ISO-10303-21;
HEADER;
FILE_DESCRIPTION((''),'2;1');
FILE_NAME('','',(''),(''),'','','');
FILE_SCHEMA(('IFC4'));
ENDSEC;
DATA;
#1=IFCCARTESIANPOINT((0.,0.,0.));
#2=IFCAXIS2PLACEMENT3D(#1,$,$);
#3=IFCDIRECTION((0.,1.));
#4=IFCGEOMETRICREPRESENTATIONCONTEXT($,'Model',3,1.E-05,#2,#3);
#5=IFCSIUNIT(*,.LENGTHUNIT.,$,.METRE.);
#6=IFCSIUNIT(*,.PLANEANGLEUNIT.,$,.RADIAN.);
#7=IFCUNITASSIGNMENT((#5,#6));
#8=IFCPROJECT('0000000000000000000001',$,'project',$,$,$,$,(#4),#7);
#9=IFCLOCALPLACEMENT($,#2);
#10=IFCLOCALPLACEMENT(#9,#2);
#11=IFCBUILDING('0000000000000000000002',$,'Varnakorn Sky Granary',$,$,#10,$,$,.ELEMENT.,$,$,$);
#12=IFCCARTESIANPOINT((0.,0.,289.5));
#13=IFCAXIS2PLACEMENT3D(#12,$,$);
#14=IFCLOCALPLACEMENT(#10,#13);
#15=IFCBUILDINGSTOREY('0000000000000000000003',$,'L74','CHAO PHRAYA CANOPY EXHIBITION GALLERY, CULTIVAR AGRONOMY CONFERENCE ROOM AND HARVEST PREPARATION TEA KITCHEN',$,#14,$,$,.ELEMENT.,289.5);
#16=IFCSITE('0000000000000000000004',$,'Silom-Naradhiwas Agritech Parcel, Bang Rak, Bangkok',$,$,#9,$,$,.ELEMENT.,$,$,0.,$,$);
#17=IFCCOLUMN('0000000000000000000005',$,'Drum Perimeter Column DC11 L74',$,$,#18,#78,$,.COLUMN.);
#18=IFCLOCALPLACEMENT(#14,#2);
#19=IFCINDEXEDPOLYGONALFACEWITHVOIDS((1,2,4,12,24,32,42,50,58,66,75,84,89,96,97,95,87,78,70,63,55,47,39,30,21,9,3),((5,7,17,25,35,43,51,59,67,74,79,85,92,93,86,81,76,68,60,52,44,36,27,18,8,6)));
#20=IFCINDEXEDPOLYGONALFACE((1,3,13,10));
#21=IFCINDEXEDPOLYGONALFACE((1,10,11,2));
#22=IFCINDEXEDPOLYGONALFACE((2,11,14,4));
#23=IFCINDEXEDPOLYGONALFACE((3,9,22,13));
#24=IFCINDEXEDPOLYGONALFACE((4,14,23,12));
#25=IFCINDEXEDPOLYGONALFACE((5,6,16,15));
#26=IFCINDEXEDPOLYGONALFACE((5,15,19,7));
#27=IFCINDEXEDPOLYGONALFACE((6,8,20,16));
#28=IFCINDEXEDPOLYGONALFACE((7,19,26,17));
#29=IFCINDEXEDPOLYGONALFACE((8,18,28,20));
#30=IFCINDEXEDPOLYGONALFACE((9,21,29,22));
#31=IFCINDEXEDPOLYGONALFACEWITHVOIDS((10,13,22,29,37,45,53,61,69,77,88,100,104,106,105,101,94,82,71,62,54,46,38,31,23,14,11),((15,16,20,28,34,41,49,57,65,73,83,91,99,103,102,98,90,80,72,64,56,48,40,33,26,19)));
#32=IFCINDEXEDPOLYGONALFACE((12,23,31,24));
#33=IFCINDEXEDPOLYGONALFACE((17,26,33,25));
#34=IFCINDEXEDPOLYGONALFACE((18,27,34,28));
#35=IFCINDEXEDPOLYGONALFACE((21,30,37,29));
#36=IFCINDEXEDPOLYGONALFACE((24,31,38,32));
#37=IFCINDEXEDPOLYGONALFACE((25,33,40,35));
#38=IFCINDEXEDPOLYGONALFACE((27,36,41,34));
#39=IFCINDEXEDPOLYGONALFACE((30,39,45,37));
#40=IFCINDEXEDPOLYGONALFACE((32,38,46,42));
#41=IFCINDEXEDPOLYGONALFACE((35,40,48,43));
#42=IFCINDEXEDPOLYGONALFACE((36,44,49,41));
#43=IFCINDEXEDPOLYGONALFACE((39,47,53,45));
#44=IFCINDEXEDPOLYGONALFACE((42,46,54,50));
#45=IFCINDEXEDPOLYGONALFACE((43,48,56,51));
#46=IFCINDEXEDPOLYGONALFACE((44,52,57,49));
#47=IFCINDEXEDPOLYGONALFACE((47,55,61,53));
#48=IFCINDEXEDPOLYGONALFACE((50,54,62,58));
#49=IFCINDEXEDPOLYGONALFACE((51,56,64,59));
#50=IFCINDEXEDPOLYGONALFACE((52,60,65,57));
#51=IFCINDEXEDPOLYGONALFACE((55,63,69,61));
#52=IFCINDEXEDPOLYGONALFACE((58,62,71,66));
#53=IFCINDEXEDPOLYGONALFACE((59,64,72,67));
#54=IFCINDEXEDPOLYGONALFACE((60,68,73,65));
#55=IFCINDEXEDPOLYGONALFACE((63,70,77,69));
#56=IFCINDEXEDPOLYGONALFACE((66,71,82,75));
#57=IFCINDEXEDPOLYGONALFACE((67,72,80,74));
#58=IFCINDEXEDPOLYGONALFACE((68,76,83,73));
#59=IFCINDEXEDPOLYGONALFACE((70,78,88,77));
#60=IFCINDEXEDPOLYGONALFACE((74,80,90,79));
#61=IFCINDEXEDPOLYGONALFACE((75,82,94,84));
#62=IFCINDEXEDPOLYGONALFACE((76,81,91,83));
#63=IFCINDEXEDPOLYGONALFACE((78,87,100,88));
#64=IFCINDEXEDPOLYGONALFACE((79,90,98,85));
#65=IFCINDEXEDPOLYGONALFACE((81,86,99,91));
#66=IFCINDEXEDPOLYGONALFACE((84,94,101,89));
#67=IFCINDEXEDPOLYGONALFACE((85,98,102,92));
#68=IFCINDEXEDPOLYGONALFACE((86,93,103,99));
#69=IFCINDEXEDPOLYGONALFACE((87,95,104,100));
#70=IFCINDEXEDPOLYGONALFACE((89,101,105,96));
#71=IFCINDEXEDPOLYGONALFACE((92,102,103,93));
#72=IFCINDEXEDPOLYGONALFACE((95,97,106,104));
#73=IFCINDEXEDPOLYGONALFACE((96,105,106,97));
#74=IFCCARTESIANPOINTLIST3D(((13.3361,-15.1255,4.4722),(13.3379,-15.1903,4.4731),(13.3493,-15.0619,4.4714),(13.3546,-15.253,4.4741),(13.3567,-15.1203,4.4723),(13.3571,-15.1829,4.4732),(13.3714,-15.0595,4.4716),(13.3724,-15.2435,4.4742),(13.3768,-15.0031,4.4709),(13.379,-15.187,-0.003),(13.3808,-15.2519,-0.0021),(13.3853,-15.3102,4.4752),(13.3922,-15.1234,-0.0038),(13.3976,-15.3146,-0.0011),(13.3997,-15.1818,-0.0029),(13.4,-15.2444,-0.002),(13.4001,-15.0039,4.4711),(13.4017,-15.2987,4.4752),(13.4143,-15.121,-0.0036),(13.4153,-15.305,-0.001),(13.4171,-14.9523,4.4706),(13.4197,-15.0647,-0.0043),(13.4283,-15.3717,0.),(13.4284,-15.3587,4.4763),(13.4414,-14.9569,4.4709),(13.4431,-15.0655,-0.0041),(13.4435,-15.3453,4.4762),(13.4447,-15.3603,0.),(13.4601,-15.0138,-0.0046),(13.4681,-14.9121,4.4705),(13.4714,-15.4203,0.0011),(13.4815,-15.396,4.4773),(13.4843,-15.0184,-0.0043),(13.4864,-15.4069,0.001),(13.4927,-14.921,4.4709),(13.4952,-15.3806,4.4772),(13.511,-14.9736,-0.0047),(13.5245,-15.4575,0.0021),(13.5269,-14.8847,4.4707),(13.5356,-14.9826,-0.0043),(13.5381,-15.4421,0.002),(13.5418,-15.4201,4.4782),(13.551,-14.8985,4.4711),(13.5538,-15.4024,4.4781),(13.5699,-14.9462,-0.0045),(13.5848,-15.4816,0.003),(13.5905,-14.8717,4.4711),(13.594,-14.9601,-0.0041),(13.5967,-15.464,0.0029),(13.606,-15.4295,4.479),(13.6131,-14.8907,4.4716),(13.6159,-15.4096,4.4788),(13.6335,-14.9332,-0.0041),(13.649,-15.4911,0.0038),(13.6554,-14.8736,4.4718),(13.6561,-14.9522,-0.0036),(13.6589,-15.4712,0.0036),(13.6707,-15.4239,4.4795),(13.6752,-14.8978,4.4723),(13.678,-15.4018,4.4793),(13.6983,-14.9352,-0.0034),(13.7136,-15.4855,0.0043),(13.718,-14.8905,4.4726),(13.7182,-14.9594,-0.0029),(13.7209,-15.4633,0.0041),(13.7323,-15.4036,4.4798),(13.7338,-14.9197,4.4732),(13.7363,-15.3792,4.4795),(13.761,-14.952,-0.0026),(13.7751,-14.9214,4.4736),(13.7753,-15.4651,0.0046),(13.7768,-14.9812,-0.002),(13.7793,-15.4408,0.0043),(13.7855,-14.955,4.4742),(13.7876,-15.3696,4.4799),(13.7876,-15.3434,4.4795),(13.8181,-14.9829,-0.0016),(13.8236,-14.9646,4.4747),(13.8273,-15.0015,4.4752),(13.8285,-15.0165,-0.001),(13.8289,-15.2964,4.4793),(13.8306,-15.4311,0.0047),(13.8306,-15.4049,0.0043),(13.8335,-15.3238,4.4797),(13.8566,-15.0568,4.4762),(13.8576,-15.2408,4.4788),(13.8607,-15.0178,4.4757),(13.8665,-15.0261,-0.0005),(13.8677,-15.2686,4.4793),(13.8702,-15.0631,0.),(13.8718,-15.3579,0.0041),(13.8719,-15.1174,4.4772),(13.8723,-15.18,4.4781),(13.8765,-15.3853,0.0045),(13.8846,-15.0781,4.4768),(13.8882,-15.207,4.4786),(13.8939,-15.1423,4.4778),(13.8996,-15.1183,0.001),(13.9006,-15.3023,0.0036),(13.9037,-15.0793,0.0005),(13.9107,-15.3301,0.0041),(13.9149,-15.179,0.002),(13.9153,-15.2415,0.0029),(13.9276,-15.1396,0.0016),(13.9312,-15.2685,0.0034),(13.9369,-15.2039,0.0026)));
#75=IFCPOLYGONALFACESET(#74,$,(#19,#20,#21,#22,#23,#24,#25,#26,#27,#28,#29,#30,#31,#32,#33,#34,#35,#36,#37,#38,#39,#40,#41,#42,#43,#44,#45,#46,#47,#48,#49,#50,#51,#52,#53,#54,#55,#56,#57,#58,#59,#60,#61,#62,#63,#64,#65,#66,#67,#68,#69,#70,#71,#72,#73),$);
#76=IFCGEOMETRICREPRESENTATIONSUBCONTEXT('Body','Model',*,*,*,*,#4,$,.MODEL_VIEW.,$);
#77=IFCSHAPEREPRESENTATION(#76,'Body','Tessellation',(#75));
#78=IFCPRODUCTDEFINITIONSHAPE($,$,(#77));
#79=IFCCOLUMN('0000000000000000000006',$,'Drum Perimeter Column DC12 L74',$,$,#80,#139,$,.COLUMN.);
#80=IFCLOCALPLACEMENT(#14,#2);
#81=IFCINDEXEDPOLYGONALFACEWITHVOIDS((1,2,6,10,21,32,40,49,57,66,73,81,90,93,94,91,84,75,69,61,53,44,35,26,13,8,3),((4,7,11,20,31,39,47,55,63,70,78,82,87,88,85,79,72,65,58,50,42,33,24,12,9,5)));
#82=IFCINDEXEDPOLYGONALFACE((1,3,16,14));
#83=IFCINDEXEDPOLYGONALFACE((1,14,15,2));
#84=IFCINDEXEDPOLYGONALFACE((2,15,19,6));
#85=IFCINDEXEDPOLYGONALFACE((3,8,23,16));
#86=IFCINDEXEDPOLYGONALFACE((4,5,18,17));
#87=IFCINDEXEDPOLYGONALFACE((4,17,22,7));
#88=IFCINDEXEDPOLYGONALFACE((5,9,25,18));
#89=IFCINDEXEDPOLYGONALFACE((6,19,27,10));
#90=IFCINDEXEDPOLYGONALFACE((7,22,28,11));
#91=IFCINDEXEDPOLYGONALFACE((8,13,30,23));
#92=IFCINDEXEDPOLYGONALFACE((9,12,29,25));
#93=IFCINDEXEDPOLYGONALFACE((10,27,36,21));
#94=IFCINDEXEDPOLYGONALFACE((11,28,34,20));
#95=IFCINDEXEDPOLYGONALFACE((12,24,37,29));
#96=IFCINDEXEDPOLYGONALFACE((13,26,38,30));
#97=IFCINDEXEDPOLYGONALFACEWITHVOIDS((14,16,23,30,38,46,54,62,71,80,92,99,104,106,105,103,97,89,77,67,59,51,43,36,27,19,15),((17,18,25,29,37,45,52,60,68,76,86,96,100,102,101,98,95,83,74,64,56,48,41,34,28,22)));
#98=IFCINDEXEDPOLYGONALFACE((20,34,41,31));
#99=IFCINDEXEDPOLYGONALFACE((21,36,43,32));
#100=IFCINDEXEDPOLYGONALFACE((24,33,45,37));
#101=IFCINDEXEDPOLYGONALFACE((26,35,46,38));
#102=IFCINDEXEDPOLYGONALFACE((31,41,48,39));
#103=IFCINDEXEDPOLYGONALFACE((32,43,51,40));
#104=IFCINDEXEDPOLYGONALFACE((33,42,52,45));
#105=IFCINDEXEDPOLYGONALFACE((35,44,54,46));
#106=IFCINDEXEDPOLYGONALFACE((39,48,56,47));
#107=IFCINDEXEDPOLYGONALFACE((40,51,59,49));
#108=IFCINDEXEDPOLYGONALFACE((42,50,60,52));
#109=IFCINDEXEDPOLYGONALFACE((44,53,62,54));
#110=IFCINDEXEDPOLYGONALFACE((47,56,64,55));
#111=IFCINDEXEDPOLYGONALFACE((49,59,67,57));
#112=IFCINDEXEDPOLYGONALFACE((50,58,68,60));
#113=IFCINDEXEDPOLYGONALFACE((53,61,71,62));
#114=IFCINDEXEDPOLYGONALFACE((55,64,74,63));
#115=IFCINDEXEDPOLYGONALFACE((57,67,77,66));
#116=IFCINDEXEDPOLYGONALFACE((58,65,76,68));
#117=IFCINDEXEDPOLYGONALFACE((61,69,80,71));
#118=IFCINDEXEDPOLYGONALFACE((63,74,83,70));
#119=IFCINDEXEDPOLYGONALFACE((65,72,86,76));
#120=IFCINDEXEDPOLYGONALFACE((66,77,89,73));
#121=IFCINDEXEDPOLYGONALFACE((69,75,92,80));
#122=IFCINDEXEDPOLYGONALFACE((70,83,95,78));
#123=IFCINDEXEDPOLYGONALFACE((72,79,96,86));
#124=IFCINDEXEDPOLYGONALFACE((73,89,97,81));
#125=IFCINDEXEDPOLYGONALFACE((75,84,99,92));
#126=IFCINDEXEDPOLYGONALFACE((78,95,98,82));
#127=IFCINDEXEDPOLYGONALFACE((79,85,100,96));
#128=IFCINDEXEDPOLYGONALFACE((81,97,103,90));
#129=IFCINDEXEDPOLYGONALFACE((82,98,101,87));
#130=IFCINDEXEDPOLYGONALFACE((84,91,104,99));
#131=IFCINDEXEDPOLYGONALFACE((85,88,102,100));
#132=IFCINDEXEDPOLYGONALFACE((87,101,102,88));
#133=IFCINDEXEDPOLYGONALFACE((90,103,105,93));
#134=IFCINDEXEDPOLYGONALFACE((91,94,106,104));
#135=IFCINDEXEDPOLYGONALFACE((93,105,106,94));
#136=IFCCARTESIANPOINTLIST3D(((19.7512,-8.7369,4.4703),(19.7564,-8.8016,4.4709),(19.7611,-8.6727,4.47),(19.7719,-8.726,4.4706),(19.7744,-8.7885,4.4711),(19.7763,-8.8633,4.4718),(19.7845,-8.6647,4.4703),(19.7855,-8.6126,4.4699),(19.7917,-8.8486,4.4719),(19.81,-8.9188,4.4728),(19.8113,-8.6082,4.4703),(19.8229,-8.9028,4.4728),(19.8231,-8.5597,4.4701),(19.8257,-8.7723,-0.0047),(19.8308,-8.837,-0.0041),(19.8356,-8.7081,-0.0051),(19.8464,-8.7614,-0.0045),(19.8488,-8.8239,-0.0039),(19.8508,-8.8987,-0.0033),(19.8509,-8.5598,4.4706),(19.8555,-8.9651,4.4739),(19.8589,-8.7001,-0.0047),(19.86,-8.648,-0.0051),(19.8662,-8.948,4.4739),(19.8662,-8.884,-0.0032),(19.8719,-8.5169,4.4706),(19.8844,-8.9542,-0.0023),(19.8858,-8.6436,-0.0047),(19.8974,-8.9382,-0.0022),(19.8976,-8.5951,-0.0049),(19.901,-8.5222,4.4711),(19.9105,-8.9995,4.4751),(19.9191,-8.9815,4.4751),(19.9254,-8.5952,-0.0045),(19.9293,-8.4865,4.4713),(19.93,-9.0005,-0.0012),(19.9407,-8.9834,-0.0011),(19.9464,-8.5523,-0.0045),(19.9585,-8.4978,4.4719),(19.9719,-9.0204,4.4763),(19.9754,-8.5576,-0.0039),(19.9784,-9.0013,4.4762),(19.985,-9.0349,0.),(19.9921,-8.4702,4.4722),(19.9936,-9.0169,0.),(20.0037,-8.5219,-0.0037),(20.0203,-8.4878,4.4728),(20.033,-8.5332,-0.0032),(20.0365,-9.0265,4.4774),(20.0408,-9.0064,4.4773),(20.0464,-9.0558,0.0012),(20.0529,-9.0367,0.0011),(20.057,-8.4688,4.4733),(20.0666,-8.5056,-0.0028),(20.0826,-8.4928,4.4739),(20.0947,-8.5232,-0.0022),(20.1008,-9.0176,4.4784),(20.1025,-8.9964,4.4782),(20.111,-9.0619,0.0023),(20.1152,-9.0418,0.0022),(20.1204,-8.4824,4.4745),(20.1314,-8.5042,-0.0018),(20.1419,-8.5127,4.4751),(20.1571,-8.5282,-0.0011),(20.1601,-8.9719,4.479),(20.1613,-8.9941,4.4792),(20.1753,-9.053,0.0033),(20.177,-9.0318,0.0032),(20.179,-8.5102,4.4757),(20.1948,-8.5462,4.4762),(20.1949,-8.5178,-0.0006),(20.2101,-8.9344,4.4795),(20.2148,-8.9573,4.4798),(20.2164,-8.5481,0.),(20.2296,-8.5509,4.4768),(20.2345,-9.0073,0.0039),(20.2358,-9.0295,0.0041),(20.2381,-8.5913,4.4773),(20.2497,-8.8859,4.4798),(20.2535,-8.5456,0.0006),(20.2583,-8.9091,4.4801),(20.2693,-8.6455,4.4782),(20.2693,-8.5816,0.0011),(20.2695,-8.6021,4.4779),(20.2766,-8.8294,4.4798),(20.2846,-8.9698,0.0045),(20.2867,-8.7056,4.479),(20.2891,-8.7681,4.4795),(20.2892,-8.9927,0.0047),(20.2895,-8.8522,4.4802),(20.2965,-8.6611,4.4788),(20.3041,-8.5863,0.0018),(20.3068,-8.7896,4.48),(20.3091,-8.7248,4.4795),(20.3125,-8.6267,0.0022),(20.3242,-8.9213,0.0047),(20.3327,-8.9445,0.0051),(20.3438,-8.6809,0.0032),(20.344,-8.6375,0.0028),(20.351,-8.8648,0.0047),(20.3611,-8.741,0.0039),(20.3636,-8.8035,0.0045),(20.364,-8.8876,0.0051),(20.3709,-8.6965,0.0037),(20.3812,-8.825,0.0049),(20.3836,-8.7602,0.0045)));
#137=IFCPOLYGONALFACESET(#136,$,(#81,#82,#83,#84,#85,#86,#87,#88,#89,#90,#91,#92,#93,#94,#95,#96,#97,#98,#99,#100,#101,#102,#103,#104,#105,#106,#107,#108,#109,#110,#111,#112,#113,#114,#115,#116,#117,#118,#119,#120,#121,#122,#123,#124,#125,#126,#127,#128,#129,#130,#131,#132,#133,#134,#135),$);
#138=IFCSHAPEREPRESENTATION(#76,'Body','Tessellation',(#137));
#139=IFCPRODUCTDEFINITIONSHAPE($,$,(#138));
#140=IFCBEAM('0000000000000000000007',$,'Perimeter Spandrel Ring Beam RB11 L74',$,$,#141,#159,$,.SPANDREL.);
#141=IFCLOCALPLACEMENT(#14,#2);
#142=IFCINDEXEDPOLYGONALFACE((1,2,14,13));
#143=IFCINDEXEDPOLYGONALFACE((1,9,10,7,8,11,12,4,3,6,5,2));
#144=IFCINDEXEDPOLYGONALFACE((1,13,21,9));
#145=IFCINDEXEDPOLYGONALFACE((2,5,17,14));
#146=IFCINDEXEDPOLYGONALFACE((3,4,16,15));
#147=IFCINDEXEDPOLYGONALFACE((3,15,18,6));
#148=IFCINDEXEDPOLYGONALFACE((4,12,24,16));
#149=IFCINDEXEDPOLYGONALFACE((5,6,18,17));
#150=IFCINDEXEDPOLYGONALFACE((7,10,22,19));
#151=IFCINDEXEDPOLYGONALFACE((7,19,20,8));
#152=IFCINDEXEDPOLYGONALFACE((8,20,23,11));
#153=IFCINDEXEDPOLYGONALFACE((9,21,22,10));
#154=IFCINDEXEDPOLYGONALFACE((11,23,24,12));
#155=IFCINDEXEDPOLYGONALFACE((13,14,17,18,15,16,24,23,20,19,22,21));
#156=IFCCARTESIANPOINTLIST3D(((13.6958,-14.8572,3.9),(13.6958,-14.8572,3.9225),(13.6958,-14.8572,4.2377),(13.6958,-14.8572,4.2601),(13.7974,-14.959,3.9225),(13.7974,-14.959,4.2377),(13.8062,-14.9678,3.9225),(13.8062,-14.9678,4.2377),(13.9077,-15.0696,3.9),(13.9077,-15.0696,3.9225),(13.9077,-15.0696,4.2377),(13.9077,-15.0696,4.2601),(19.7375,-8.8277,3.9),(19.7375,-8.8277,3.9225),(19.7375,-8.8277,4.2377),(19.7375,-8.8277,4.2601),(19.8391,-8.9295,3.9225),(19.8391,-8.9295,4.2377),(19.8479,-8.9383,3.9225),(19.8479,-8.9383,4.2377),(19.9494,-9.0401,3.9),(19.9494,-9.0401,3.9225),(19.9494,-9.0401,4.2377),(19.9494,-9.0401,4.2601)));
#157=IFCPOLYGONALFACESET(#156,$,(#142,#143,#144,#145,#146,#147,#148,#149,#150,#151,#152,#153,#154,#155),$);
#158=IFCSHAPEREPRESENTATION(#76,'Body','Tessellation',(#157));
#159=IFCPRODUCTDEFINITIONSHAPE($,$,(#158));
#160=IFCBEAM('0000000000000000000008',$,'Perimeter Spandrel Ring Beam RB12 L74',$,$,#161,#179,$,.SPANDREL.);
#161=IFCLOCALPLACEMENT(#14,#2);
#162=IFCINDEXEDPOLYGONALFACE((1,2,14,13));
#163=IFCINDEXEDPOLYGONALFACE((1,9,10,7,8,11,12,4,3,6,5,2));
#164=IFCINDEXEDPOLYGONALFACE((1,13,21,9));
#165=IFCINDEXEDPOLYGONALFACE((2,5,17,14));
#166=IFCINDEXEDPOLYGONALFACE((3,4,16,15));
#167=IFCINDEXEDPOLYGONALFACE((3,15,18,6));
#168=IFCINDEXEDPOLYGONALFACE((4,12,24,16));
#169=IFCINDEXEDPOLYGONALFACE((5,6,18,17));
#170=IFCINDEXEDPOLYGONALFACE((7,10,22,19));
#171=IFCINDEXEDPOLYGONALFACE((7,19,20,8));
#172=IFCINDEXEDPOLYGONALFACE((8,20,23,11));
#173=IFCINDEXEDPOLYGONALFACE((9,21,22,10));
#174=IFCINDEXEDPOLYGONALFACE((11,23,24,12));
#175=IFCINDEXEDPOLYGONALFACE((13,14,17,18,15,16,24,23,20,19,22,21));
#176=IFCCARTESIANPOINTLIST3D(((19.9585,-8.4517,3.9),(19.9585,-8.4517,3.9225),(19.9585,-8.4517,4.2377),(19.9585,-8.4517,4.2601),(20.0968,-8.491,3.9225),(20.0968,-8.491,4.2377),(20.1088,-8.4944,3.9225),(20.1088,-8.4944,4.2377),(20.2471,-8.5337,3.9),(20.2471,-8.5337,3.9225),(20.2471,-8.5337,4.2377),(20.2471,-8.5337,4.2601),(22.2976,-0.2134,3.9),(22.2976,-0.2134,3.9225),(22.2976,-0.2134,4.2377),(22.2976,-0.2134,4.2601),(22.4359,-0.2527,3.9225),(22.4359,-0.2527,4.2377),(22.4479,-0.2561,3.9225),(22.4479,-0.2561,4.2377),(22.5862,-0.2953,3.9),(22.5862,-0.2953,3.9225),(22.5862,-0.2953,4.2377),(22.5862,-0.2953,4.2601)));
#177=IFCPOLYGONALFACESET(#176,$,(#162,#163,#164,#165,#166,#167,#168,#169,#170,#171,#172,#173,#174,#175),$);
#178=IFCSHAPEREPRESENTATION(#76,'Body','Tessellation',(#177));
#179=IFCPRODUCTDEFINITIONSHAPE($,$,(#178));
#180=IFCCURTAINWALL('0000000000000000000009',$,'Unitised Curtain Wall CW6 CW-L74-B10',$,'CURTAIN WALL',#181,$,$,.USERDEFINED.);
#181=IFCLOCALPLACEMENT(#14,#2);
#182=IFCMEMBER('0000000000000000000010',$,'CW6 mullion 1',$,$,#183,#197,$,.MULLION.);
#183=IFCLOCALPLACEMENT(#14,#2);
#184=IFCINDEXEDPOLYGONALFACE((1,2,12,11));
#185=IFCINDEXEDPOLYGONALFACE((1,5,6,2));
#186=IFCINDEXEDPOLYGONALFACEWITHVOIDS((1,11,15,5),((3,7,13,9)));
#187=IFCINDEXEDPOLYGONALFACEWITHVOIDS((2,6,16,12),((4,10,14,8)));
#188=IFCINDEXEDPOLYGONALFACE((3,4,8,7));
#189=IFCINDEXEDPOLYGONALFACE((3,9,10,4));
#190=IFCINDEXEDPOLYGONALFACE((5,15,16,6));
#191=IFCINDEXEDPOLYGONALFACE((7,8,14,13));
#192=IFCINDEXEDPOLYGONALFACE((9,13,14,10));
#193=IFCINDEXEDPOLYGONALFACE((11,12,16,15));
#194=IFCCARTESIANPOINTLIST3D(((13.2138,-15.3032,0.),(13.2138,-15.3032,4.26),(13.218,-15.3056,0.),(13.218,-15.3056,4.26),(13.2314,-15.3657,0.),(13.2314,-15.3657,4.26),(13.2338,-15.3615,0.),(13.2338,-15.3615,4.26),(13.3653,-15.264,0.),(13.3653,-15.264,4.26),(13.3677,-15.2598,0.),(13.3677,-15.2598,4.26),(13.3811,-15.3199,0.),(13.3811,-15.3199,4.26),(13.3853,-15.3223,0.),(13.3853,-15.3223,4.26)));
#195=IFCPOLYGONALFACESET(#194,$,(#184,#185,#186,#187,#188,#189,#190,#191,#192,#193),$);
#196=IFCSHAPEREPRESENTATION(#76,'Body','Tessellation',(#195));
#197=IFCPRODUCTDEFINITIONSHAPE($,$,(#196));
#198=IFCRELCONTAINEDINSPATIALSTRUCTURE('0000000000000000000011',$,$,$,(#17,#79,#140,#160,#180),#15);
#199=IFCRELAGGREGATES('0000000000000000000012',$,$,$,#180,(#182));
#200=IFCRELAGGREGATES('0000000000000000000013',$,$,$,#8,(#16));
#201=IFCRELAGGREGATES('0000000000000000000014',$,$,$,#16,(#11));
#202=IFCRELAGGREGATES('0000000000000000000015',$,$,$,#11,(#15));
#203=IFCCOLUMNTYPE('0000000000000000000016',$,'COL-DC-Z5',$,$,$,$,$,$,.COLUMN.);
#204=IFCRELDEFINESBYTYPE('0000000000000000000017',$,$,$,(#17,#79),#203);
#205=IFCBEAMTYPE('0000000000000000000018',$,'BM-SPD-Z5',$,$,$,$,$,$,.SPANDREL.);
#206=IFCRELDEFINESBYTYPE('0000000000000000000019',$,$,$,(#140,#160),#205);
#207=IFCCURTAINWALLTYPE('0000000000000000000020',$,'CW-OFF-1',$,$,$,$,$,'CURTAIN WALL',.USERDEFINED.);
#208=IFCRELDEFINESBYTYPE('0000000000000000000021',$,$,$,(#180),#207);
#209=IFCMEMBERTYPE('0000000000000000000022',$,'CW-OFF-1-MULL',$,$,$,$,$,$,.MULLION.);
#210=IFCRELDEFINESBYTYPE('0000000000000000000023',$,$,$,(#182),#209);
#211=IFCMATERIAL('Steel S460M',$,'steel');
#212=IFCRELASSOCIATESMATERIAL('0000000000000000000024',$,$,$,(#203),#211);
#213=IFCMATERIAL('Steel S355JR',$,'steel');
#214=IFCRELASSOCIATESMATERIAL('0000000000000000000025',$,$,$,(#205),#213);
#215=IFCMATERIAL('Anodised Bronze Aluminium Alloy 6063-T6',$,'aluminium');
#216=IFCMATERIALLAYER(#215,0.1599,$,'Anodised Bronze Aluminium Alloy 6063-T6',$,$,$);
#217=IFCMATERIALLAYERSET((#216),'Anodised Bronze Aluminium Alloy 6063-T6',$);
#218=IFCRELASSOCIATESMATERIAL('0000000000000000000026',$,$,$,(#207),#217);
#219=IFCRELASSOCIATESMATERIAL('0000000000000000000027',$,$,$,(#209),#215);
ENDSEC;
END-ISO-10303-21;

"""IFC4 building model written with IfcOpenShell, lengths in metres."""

from ifc_helpers import new_model, si_unit, direction, frame, origin, origin_2d, place, context, subcontext, project, spatial, hollow_rectangle, hollow_circle, i_section, extrude, material, layer, layer_set, material_profile, profile_set, type_object, element, aggregate, save


model = new_model("IFC4")

# Units and contexts
model_context = context("Model", 3, precision=1e-05, world=origin(), true_north=direction((0.0, 1.0)))
body_context = subcontext(model_context, "Body", "Model", "MODEL_VIEW")
ifc_project = project(units=[si_unit("LENGTHUNIT", "METRE"), si_unit("PLANEANGLEUNIT", "RADIAN")], contexts=[model_context])

# Site, building, storey
site_placement = place(None, origin())
site = spatial("IfcSite", under=ifc_project, at=site_placement, Name="Silom-Naradhiwas Agritech Parcel, Bang Rak, Bangkok", CompositionType="ELEMENT", RefElevation=0.0)
building_placement = place(site_placement, origin())
building = spatial("IfcBuilding", under=site, at=building_placement, Name="Varnakorn Sky Granary", CompositionType="ELEMENT")
storey_placement = place(building_placement, frame((0.0, 0.0, 289.5)))
storey = spatial("IfcBuildingStorey", under=building, at=storey_placement, Name="L74", Description="CHAO PHRAYA CANOPY EXHIBITION GALLERY, CULTIVAR AGRONOMY CONFERENCE ROOM AND HARVEST PREPARATION TEA KITCHEN", CompositionType="ELEMENT", Elevation=289.5)

# Columns
ifc_material_1 = material(Name="Steel S460M", Category="steel")
ifc_material_profile_1 = material_profile(ifc_material_1, hollow_circle(Radius=0.2795, WallThickness=0.02, at=origin_2d()), Name="CHS 559x20")
ifc_profile_set_1 = profile_set([ifc_material_profile_1], Name="Steel S460M")
column_type = type_object("IfcColumnType", Name="COL-DC-Z5", PredefinedType="COLUMN", material=ifc_profile_set_1)
for number, where, z_axis, x_axis, name in (
    (1, (13.6575, -15.2117, 0.0), (-0.0096, 0.013746, 0.999859), (-0.819843, -0.572589, 0.0), "Drum Perimeter Column DC11 L74"),
    (2, (20.105, -8.7825, 0.0), (-0.016637, 0.007909, 0.99983), (-0.429359, -0.903134, 0.0), "Drum Perimeter Column DC12 L74"),
):
    element("IfcColumn", number, at=place(storey_placement, frame(where, z_axis=z_axis, x_axis=x_axis)), inside=storey, type_object=column_type, Name=name, PredefinedType="COLUMN", context=body_context, shape_type="SweptSolid", body=[
        extrude(hollow_circle(Radius=0.2795, WallThickness=0.02, at=origin_2d()), origin(), (0.0, 0.0, 1.0), 4.4758),
    ])

# Beams
ifc_material_2 = material(Name="Steel S355JR", Category="steel")
ifc_material_profile_2 = material_profile(ifc_material_2, i_section(OverallWidth=0.3, OverallDepth=0.3601, WebThickness=0.0125, FlangeThickness=0.0225, at=origin_2d()), Name="HE 360 B")
ifc_profile_set_2 = profile_set([ifc_material_profile_2], Name="Steel S355JR")
beam_type = type_object("IfcBeamType", Name="BM-SPD-Z5", PredefinedType="SPANDREL", material=ifc_profile_set_2)
beam_1_placement = place(storey_placement, frame((13.8018, -14.9634, 4.0801), z_axis=(0.707821, 0.706391, 0.0), x_axis=(-0.706391, 0.707821, 0.0)))
element("IfcBeam", 3, at=beam_1_placement, inside=storey, type_object=beam_type, Name="Perimeter Spandrel Ring Beam RB11 L74", PredefinedType="SPANDREL", context=body_context, shape_type="SweptSolid", body=[
    extrude(i_section(OverallWidth=0.3, OverallDepth=0.3601, WebThickness=0.0125, FlangeThickness=0.0225, at=origin_2d()), origin(), (0.0, 0.0, 1.0), 8.5356),
])
beam_2_placement = place(storey_placement, frame((20.1028, -8.4927, 4.0801), z_axis=(0.273136, 0.961976, 0.0), x_axis=(-0.961976, 0.273136, 0.0)))
element("IfcBeam", 4, at=beam_2_placement, inside=storey, type_object=beam_type, Name="Perimeter Spandrel Ring Beam RB12 L74", PredefinedType="SPANDREL", context=body_context, shape_type="SweptSolid", body=[
    extrude(i_section(OverallWidth=0.3, OverallDepth=0.3601, WebThickness=0.0125, FlangeThickness=0.0225, at=origin_2d()), origin(), (0.0, 0.0, 1.0), 8.564),
])

# Curtain wall, member
ifc_material_3 = material(Name="Anodised Bronze Aluminium Alloy 6063-T6", Category="aluminium")
ifc_layer_1 = layer(ifc_material_3, 0.1599, Name="Anodised Bronze Aluminium Alloy 6063-T6")
ifc_layer_set_1 = layer_set([ifc_layer_1], Name="Anodised Bronze Aluminium Alloy 6063-T6")
curtain_wall_type = type_object("IfcCurtainWallType", Name="CW-OFF-1", ElementType="CURTAIN WALL", PredefinedType="USERDEFINED", material=ifc_layer_set_1)
curtain_wall_1_placement = place(storey_placement, origin())
curtain_wall_1 = element("IfcCurtainWall", 5, at=curtain_wall_1_placement, inside=storey, type_object=curtain_wall_type, Name="Unitised Curtain Wall CW6 CW-L74-B10", ObjectType="CURTAIN WALL", PredefinedType="USERDEFINED")
ifc_material_profile_3 = material_profile(ifc_material_3, hollow_rectangle(XDim=0.0649, YDim=0.1599, WallThickness=0.0034, at=origin_2d()), Name="ALU MULL 65x160")
ifc_profile_set_3 = profile_set([ifc_material_profile_3], Name="Anodised Bronze Aluminium Alloy 6063-T6")
member_type_1 = type_object("IfcMemberType", Name="CW-OFF-1-MULL", PredefinedType="MULLION", material=ifc_profile_set_3)
member_1_placement = place(storey_placement, frame((13.2996, -15.3127, 0.0), z_axis=(0.0, 0.0, 1.0), x_axis=(0.271878, -0.962332, 0.0)))
member_1 = element("IfcMember", 6, at=member_1_placement, type_object=member_type_1, Name="CW6 mullion 1", PredefinedType="MULLION", context=body_context, shape_type="SweptSolid", body=[
    extrude(hollow_rectangle(XDim=0.0649, YDim=0.1599, WallThickness=0.0034, at=origin_2d()), origin(), (0.0, 0.0, 1.0), 4.26),
])
aggregate(curtain_wall_1, [member_1])

save(model, "model.ifc")
